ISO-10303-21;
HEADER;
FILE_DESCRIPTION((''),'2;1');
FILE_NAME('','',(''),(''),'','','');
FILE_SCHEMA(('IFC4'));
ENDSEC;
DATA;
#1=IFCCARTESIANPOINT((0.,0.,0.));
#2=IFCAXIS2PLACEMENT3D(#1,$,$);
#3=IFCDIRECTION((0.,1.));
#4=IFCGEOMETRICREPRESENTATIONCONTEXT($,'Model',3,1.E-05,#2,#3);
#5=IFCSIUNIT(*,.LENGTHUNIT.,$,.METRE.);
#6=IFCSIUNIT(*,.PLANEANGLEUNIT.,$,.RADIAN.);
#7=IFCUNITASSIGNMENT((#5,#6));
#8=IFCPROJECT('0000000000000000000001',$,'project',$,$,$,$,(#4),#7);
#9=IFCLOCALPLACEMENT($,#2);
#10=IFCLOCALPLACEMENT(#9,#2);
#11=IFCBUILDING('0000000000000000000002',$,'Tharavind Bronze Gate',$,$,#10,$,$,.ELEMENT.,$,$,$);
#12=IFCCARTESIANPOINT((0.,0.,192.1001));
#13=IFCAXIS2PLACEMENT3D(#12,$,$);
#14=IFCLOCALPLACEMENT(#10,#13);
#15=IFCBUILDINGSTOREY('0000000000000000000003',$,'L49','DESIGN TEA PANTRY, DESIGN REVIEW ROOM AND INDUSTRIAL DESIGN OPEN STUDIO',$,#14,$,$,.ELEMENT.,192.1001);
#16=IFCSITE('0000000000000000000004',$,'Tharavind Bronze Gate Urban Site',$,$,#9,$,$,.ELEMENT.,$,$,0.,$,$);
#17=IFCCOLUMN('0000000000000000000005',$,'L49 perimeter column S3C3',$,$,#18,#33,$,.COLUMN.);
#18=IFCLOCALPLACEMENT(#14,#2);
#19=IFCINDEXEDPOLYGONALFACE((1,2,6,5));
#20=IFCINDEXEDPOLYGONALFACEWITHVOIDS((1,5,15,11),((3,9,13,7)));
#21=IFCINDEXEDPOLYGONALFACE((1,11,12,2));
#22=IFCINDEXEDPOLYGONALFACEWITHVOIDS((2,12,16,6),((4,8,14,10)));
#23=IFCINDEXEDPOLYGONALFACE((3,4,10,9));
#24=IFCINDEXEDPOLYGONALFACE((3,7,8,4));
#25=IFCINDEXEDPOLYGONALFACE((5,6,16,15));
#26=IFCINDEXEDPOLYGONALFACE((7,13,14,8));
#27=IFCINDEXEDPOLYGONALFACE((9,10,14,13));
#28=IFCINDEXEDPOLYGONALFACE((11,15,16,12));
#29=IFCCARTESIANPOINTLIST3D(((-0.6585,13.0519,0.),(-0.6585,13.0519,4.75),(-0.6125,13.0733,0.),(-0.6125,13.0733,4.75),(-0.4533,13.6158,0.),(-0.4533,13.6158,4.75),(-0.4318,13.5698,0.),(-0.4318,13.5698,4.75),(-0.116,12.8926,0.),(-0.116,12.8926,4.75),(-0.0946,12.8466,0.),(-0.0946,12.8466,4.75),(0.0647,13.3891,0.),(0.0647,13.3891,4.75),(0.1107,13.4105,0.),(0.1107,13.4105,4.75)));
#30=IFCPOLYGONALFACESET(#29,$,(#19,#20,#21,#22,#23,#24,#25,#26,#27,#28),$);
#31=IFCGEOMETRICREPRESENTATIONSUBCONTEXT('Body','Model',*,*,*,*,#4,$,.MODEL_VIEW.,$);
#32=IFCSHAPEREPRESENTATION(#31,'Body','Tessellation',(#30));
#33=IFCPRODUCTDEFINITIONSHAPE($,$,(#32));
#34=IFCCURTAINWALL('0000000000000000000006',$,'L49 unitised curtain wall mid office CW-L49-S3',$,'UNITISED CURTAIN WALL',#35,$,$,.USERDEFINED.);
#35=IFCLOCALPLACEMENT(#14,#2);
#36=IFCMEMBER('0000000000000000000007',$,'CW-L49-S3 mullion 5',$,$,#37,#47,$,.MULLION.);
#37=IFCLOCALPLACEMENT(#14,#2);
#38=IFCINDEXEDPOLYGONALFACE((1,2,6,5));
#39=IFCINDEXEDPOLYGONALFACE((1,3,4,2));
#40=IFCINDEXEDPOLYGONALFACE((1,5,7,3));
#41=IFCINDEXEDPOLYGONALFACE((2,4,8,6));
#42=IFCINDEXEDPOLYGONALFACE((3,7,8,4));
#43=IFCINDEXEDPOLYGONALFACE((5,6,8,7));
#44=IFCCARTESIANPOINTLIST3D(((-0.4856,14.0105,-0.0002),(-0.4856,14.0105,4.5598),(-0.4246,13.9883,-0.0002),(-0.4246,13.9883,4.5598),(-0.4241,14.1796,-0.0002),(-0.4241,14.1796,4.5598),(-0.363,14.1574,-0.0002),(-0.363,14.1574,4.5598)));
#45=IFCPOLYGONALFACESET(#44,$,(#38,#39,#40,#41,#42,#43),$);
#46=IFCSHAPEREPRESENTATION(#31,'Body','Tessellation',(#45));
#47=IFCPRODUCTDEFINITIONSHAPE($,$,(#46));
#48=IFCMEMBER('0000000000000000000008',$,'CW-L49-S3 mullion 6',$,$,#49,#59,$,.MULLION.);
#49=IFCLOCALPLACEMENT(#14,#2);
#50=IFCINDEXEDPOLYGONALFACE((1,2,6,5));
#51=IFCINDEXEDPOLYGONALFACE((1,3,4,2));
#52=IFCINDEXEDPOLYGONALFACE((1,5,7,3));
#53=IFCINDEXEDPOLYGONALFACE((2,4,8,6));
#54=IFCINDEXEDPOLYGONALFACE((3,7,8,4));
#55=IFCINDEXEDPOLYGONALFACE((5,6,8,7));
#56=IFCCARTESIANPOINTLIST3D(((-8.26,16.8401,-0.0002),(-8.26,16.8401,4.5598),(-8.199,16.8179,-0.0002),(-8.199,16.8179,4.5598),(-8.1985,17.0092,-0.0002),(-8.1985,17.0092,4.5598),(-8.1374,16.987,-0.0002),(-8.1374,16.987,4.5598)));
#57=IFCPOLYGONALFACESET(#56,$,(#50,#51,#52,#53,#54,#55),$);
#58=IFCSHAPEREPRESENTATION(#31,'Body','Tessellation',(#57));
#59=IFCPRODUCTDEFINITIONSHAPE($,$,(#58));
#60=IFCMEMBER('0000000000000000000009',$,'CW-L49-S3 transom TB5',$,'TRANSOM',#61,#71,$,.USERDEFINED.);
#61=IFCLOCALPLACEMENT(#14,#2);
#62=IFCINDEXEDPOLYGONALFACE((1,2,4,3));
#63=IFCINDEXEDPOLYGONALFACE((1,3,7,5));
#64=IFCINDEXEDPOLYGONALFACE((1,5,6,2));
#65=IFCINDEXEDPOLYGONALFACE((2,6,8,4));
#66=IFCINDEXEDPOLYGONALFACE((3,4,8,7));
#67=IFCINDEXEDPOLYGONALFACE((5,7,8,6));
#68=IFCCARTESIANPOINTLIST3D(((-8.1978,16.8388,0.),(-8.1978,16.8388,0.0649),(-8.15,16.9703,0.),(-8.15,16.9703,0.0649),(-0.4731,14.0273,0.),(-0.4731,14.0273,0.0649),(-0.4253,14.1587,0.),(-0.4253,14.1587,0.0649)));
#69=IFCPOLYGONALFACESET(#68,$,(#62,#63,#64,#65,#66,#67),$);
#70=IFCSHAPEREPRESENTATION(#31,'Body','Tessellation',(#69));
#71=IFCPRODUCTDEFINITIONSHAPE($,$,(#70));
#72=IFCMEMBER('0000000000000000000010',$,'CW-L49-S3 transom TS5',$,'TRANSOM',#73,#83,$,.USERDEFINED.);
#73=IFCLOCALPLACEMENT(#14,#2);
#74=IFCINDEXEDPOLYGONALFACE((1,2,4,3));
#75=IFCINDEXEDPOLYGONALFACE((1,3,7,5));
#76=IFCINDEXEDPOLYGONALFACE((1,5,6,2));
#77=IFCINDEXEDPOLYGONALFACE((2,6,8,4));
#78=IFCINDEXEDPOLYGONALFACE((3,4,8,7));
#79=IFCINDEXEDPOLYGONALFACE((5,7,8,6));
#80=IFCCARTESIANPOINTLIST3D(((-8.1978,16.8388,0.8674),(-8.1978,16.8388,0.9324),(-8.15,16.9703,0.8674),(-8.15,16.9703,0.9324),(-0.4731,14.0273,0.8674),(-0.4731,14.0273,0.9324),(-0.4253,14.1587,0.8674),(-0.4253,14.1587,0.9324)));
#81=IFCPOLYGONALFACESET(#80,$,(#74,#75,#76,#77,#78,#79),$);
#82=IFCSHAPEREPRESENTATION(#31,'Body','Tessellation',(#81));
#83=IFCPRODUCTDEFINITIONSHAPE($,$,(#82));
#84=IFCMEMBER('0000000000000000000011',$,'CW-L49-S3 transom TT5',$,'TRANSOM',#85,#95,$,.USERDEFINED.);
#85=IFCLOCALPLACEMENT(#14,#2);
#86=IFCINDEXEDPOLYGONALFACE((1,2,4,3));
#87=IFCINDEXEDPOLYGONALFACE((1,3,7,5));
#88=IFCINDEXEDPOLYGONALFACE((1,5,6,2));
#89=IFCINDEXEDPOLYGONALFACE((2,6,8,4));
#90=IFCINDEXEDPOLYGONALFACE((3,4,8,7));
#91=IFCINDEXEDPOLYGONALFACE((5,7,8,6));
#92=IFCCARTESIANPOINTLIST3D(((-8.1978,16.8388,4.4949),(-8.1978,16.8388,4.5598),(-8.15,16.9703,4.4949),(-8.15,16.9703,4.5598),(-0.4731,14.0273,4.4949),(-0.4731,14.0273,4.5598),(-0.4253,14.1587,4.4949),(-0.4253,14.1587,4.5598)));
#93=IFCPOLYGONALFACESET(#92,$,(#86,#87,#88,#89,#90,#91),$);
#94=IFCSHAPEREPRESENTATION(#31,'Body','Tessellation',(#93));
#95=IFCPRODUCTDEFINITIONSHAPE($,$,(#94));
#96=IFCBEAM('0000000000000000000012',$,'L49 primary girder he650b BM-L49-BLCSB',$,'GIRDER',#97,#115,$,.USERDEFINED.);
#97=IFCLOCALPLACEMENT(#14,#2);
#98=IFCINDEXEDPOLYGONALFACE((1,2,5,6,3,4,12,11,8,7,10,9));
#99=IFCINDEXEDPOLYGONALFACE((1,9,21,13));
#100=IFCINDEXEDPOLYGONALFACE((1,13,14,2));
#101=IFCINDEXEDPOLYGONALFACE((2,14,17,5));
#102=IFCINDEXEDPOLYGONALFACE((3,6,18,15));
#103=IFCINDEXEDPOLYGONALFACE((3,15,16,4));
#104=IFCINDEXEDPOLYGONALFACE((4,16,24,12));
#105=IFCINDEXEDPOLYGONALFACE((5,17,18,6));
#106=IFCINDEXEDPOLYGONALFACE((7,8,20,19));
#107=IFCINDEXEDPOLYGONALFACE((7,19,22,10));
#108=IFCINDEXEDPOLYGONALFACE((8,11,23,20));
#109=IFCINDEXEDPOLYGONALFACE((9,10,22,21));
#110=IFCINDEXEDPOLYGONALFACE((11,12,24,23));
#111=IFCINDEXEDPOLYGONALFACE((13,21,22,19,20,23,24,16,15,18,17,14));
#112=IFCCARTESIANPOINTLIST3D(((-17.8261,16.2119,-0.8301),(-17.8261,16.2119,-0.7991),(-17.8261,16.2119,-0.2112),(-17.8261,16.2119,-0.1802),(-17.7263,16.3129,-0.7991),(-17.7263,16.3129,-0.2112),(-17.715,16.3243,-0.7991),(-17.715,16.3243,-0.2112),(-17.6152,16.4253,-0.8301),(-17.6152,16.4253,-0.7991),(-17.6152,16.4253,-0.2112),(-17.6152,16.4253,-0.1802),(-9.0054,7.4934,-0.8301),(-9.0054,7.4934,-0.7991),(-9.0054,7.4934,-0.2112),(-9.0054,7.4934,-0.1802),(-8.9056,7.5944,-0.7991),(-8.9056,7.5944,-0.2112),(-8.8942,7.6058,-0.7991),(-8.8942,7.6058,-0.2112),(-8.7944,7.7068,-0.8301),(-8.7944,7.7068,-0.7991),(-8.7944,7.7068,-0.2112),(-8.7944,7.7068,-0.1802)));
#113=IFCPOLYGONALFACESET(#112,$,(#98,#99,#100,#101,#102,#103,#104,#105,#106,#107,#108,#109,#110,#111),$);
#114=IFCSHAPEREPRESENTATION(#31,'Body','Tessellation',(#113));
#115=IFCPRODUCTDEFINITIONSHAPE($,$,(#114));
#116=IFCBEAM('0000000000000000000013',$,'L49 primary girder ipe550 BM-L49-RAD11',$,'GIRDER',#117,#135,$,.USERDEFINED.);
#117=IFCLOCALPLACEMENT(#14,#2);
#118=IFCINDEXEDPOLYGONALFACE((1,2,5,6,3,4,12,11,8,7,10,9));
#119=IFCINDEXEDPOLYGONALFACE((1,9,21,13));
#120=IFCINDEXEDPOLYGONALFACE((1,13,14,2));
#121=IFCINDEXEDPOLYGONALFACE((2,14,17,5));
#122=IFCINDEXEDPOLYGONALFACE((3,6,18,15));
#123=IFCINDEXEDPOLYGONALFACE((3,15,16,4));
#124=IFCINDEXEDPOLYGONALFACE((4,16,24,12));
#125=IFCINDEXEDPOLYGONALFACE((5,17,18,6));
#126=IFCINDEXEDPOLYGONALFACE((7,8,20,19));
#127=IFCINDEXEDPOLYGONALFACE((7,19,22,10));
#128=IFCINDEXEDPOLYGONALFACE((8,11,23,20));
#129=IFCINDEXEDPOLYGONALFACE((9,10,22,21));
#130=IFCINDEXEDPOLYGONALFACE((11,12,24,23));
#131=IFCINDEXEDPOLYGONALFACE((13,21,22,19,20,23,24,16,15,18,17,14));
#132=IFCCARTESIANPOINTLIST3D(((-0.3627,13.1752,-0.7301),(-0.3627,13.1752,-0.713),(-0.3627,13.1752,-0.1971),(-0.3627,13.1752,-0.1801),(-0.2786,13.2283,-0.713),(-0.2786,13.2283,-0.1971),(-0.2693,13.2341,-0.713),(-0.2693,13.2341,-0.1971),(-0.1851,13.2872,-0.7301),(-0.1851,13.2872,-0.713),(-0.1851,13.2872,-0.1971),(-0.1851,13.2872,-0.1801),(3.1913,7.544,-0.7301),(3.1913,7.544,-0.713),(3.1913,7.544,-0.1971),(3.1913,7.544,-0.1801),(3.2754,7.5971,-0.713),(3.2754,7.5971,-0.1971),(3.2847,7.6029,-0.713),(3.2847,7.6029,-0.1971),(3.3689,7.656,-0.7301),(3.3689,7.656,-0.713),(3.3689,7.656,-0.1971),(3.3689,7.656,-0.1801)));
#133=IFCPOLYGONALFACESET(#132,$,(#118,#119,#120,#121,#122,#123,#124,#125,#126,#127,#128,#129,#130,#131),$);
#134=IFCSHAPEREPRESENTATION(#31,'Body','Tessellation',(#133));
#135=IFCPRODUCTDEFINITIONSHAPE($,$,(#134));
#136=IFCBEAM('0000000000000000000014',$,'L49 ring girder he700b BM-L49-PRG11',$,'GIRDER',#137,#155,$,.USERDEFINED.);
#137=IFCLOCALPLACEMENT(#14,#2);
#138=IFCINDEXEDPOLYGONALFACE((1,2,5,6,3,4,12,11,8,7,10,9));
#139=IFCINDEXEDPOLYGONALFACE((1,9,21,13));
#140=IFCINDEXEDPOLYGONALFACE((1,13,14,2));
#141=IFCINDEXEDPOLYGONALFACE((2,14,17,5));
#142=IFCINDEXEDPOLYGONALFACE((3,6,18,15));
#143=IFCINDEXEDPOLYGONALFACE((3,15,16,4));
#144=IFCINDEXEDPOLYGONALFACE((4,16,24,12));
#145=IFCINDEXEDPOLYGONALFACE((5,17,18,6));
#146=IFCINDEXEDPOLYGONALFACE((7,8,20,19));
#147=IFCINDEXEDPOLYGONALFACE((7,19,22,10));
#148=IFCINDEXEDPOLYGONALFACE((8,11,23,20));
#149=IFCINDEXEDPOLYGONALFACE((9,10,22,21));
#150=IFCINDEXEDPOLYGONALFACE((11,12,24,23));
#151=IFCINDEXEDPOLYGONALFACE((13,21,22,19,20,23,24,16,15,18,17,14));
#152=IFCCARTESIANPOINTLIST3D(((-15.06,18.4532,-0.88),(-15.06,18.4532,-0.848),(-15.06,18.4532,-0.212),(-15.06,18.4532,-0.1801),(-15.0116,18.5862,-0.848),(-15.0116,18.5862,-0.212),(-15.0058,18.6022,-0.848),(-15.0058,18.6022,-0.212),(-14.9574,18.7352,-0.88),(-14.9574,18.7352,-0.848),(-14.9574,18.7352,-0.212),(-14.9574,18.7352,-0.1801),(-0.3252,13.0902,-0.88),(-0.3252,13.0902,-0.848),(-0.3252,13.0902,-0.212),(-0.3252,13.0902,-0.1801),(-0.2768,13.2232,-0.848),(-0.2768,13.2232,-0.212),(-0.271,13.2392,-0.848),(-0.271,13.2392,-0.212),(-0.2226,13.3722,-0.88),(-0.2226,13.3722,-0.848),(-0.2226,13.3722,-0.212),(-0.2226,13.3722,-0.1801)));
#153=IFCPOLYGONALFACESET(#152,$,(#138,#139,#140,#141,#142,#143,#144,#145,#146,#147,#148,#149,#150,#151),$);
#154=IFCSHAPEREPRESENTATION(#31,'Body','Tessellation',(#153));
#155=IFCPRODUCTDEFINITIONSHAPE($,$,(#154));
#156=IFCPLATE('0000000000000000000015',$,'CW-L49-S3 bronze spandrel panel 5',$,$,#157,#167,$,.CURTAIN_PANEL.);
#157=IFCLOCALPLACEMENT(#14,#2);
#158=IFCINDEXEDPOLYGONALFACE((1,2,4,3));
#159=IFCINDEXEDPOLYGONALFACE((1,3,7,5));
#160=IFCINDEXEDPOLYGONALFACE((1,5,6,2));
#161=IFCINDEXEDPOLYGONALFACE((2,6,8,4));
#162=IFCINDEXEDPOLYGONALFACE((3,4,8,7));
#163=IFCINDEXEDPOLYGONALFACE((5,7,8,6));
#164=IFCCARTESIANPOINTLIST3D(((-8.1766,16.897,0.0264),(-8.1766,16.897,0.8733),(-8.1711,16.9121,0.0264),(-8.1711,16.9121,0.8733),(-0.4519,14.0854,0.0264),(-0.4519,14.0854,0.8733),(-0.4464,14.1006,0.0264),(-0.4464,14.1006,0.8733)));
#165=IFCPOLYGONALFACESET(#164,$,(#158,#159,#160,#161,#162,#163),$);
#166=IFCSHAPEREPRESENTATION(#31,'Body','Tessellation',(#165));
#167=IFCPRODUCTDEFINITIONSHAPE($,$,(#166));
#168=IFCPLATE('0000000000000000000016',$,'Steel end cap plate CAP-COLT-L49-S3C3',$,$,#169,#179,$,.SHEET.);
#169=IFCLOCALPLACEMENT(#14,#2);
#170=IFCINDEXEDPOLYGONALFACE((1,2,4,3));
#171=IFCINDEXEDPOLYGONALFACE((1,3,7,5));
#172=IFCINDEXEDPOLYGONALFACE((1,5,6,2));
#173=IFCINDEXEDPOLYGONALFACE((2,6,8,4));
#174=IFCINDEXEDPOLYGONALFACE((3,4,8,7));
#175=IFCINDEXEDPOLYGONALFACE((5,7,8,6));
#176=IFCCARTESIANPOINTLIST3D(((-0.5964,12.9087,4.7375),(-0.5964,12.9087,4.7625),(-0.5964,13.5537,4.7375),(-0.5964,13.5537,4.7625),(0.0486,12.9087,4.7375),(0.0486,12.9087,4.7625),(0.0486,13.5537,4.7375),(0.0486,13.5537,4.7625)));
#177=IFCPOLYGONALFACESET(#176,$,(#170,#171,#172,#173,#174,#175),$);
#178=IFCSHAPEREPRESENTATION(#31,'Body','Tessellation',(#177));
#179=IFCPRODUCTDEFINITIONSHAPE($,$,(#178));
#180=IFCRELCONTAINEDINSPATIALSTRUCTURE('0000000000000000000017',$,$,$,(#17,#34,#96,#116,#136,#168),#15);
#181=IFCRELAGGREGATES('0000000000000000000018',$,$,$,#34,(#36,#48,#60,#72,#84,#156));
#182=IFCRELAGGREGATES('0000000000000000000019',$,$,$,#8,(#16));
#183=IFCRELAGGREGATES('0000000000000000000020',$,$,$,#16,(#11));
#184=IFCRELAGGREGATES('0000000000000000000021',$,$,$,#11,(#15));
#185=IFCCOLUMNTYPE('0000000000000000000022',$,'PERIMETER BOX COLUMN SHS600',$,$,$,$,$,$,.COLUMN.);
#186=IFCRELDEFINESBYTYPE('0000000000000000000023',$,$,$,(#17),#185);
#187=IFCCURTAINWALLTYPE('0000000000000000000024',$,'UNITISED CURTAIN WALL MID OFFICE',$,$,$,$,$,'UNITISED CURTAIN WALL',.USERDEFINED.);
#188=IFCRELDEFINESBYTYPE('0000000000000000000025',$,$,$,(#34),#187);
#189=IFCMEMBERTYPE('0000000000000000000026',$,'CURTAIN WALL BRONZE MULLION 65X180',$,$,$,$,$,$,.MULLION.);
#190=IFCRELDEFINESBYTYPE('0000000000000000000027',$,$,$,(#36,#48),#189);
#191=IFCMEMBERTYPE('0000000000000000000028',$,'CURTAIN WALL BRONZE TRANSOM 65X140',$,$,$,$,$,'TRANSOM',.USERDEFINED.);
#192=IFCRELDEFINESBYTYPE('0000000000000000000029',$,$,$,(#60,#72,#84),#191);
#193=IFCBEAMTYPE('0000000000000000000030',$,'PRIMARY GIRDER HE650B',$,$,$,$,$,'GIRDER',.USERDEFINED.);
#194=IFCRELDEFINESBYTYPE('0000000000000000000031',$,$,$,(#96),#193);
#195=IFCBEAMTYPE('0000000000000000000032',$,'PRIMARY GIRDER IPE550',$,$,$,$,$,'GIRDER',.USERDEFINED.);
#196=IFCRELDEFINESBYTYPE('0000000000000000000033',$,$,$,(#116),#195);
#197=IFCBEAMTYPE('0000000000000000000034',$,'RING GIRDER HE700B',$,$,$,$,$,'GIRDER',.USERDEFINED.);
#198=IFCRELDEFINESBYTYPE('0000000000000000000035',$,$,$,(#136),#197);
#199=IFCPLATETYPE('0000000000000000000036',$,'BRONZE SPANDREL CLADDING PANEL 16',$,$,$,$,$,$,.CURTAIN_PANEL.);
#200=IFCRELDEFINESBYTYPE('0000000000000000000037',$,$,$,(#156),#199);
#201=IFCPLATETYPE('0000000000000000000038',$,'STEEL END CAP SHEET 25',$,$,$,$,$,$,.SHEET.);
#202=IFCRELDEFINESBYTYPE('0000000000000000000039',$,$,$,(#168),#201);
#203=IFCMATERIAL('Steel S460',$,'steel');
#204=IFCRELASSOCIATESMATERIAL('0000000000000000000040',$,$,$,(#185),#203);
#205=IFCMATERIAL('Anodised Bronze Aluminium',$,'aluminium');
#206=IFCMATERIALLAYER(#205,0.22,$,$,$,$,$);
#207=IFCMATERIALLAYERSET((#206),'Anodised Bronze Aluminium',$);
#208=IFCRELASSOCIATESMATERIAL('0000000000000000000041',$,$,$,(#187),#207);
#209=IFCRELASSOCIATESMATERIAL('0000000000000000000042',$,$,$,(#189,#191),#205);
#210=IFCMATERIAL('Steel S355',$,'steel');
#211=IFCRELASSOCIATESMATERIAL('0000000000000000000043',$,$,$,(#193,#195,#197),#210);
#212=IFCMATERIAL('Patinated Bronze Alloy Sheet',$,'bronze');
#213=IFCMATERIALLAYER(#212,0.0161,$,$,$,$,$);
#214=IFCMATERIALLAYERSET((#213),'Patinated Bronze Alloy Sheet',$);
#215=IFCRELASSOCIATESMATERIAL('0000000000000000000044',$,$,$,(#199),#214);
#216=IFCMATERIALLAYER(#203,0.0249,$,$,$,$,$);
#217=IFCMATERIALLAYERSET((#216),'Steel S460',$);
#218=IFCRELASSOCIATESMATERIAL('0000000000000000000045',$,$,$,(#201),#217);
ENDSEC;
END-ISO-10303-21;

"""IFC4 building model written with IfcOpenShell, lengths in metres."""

from ifc_helpers import new_model, si_unit, direction, frame, origin, origin_2d, place, context, subcontext, project, spatial, rectangle, hollow_rectangle, i_section, extrude, material, layer, layer_set, material_profile, profile_set, type_object, element, aggregate, save


model = new_model("IFC4")

# Units and contexts
model_context = context("Model", 3, precision=1e-05, world=origin(), true_north=direction((0.0, 1.0)))
body_context = subcontext(model_context, "Body", "Model", "MODEL_VIEW")
ifc_project = project(units=[si_unit("LENGTHUNIT", "METRE"), si_unit("PLANEANGLEUNIT", "RADIAN")], contexts=[model_context])

# Site, building, storey
site_placement = place(None, origin())
site = spatial("IfcSite", under=ifc_project, at=site_placement, Name="Tharavind Bronze Gate Urban Site", CompositionType="ELEMENT", RefElevation=0.0)
building_placement = place(site_placement, origin())
building = spatial("IfcBuilding", under=site, at=building_placement, Name="Tharavind Bronze Gate", CompositionType="ELEMENT")
storey_placement = place(building_placement, frame((0.0, 0.0, 192.1001)))
storey = spatial("IfcBuildingStorey", under=building, at=storey_placement, Name="L49", Description="DESIGN TEA PANTRY, DESIGN REVIEW ROOM AND INDUSTRIAL DESIGN OPEN STUDIO", CompositionType="ELEMENT", Elevation=192.1001)

# Column
ifc_material_1 = material(Name="Steel S460", Category="steel")
ifc_material_profile_1 = material_profile(ifc_material_1, hollow_rectangle(XDim=0.6001, YDim=0.6001, WallThickness=0.0359, at=origin_2d()), Name="SHS600X36")
ifc_profile_set_1 = profile_set([ifc_material_profile_1], Name="Steel S460")
column_type = type_object("IfcColumnType", Name="PERIMETER BOX COLUMN SHS600", PredefinedType="COLUMN", material=ifc_profile_set_1)
column_placement = place(storey_placement, frame((-0.2739, 13.2312, 0.0), z_axis=(0.0, 0.0, 1.0), x_axis=(-0.939692, 0.342022, 0.0)))
element("IfcColumn", 1, at=column_placement, inside=storey, type_object=column_type, Name="L49 perimeter column S3C3", PredefinedType="COLUMN", context=body_context, shape_type="SweptSolid", body=[
    extrude(hollow_rectangle(XDim=0.6001, YDim=0.6001, WallThickness=0.0359, at=origin_2d()), origin(), (0.0, 0.0, 1.0), 4.75),
])

# Curtain wall, members
ifc_material_2 = material(Name="Anodised Bronze Aluminium", Category="aluminium")
ifc_layer_1 = layer(ifc_material_2, 0.22)
ifc_layer_set_1 = layer_set([ifc_layer_1], Name="Anodised Bronze Aluminium")
curtain_wall_type = type_object("IfcCurtainWallType", Name="UNITISED CURTAIN WALL MID OFFICE", ElementType="UNITISED CURTAIN WALL", PredefinedType="USERDEFINED", material=ifc_layer_set_1)
curtain_wall_placement = place(storey_placement, origin())
curtain_wall = element("IfcCurtainWall", 2, at=curtain_wall_placement, inside=storey, type_object=curtain_wall_type, Name="L49 unitised curtain wall mid office CW-L49-S3", ObjectType="UNITISED CURTAIN WALL", PredefinedType="USERDEFINED")
member_type_1 = type_object("IfcMemberType", Name="CURTAIN WALL BRONZE MULLION 65X180", PredefinedType="MULLION", material=ifc_material_2)
member_1_placement = place(storey_placement, frame((-0.4243, 14.084, -0.0002), z_axis=(0.0, 0.0, 1.0), x_axis=(-0.939692, 0.342022, 0.0)))
member_1 = element("IfcMember", 3, at=member_1_placement, type_object=member_type_1, Name="CW-L49-S3 mullion 5", PredefinedType="MULLION", context=body_context, shape_type="SweptSolid", body=[
    extrude(rectangle(XDim=0.0649, YDim=0.1799, at=origin_2d()), origin(), (0.0, 0.0, 1.0), 4.5601),
])
member_2_placement = place(storey_placement, frame((-8.1987, 16.9136, -0.0002), z_axis=(0.0, 0.0, 1.0), x_axis=(-0.939692, 0.342022, 0.0)))
member_2 = element("IfcMember", 4, at=member_2_placement, type_object=member_type_1, Name="CW-L49-S3 mullion 6", PredefinedType="MULLION", context=body_context, shape_type="SweptSolid", body=[
    extrude(rectangle(XDim=0.0649, YDim=0.1799, at=origin_2d()), origin(), (0.0, 0.0, 1.0), 4.5601),
])
member_type_2 = type_object("IfcMemberType", Name="CURTAIN WALL BRONZE TRANSOM 65X140", ElementType="TRANSOM", PredefinedType="USERDEFINED", material=ifc_material_2)
member_3_placement = place(storey_placement, frame((-4.3115, 15.4988, 0.0), z_axis=(0.0, 0.0, 1.0), x_axis=(-0.939692, 0.342022, 0.0)))
member_3 = element("IfcMember", 5, at=member_3_placement, type_object=member_type_2, Name="CW-L49-S3 transom TB5", ObjectType="TRANSOM", PredefinedType="USERDEFINED", context=body_context, shape_type="SweptSolid", body=[
    extrude(rectangle(XDim=8.2205, YDim=0.1399, at=origin_2d()), origin(), (0.0, 0.0, 1.0), 0.0649),
])
member_4_placement = place(storey_placement, frame((-4.3115, 15.4988, 0.8674), z_axis=(0.0, 0.0, 1.0), x_axis=(-0.939692, 0.342022, 0.0)))
member_4 = element("IfcMember", 6, at=member_4_placement, type_object=member_type_2, Name="CW-L49-S3 transom TS5", ObjectType="TRANSOM", PredefinedType="USERDEFINED", context=body_context, shape_type="SweptSolid", body=[
    extrude(rectangle(XDim=8.2205, YDim=0.1399, at=origin_2d()), origin(), (0.0, 0.0, 1.0), 0.0649),
])
member_5_placement = place(storey_placement, frame((-4.3115, 15.4988, 4.4949), z_axis=(0.0, 0.0, 1.0), x_axis=(-0.939692, 0.342022, 0.0)))
member_5 = element("IfcMember", 7, at=member_5_placement, type_object=member_type_2, Name="CW-L49-S3 transom TT5", ObjectType="TRANSOM", PredefinedType="USERDEFINED", context=body_context, shape_type="SweptSolid", body=[
    extrude(rectangle(XDim=8.2205, YDim=0.1399, at=origin_2d()), origin(), (0.0, 0.0, 1.0), 0.0649),
])

# Beams
ifc_material_3 = material(Name="Steel S355", Category="steel")
ifc_material_profile_2 = material_profile(ifc_material_3, i_section(OverallWidth=0.3, OverallDepth=0.6499, WebThickness=0.0161, FlangeThickness=0.031, at=origin_2d()), Name="HE650B")
ifc_profile_set_2 = profile_set([ifc_material_profile_2], Name="Steel S355")
beam_type_1 = type_object("IfcBeamType", Name="PRIMARY GIRDER HE650B", ElementType="GIRDER", PredefinedType="USERDEFINED", material=ifc_profile_set_2)
beam_1_placement = place(storey_placement, frame((-8.8999, 7.6001, -0.5051), z_axis=(-0.711219, 0.702971, 0.0), x_axis=(-0.702971, -0.711219, 0.0)))
element("IfcBeam", 8, at=beam_1_placement, inside=storey, type_object=beam_type_1, Name="L49 primary girder he650b BM-L49-BLCSB", ObjectType="GIRDER", PredefinedType="USERDEFINED", context=body_context, shape_type="SweptSolid", body=[
    extrude(i_section(OverallWidth=0.3, OverallDepth=0.6499, WebThickness=0.0161, FlangeThickness=0.031, at=origin_2d()), origin(), (0.0, 0.0, 1.0), 12.4023),
])
ifc_material_profile_3 = material_profile(ifc_material_3, i_section(OverallWidth=0.21, OverallDepth=0.55, WebThickness=0.011, FlangeThickness=0.0171, at=origin_2d()), Name="IPE550")
ifc_profile_set_3 = profile_set([ifc_material_profile_3], Name="Steel S355")
beam_type_2 = type_object("IfcBeamType", Name="PRIMARY GIRDER IPE550", ElementType="GIRDER", PredefinedType="USERDEFINED", material=ifc_profile_set_3)
beam_2_placement = place(storey_placement, frame((-0.2739, 13.2312, -0.4551), z_axis=(0.533721, -0.84566, 0.0), x_axis=(0.84566, 0.533721, 0.0)))
element("IfcBeam", 9, at=beam_2_placement, inside=storey, type_object=beam_type_2, Name="L49 primary girder ipe550 BM-L49-RAD11", ObjectType="GIRDER", PredefinedType="USERDEFINED", context=body_context, shape_type="SweptSolid", body=[
    extrude(i_section(OverallWidth=0.21, OverallDepth=0.55, WebThickness=0.011, FlangeThickness=0.0171, at=origin_2d()), origin(), (0.0, 0.0, 1.0), 6.6589),
])
ifc_material_profile_4 = material_profile(ifc_material_3, i_section(OverallWidth=0.3, OverallDepth=0.7, WebThickness=0.0171, FlangeThickness=0.032, at=origin_2d()), Name="HE700B")
ifc_profile_set_4 = profile_set([ifc_material_profile_4], Name="Steel S355")
beam_type_3 = type_object("IfcBeamType", Name="RING GIRDER HE700B", ElementType="GIRDER", PredefinedType="USERDEFINED", material=ifc_profile_set_4)
beam_3_placement = place(storey_placement, frame((-0.2739, 13.2312, -0.53), z_axis=(-0.939693, 0.342019, 0.0), x_axis=(-0.342019, -0.939693, 0.0)))
element("IfcBeam", 10, at=beam_3_placement, inside=storey, type_object=beam_type_3, Name="L49 ring girder he700b BM-L49-PRG11", ObjectType="GIRDER", PredefinedType="USERDEFINED", context=body_context, shape_type="SweptSolid", body=[
    extrude(i_section(OverallWidth=0.3, OverallDepth=0.7, WebThickness=0.0171, FlangeThickness=0.032, at=origin_2d()), origin(), (0.0, 0.0, 1.0), 15.6804),
])

# Plates
ifc_material_4 = material(Name="Patinated Bronze Alloy Sheet", Category="bronze")
ifc_layer_2 = layer(ifc_material_4, 0.0161)
ifc_layer_set_2 = layer_set([ifc_layer_2], Name="Patinated Bronze Alloy Sheet")
plate_type_1 = type_object("IfcPlateType", Name="BRONZE SPANDREL CLADDING PANEL 16", PredefinedType="CURTAIN_PANEL", material=ifc_layer_set_2)
plate_1_placement = place(storey_placement, frame((-4.3115, 15.4988, 0.0264), z_axis=(0.0, 0.0, 1.0), x_axis=(-0.939692, 0.342022, 0.0)))
plate_1 = element("IfcPlate", 11, at=plate_1_placement, type_object=plate_type_1, Name="CW-L49-S3 bronze spandrel panel 5", PredefinedType="CURTAIN_PANEL", context=body_context, shape_type="SweptSolid", body=[
    extrude(rectangle(XDim=8.2205, YDim=0.0161, at=origin_2d()), origin(), (0.0, 0.0, 1.0), 0.8469),
])
ifc_layer_3 = layer(ifc_material_1, 0.0249)
ifc_layer_set_3 = layer_set([ifc_layer_3], Name="Steel S460")
plate_type_2 = type_object("IfcPlateType", Name="STEEL END CAP SHEET 25", PredefinedType="SHEET", material=ifc_layer_set_3)
plate_2_placement = place(storey_placement, frame((-0.2739, 13.2312, 4.7375), z_axis=(0.0, 0.0, 1.0), x_axis=(1.0, 0.0, 0.0)))
element("IfcPlate", 12, at=plate_2_placement, inside=storey, type_object=plate_type_2, Name="Steel end cap plate CAP-COLT-L49-S3C3", PredefinedType="SHEET", context=body_context, shape_type="SweptSolid", body=[
    extrude(rectangle(XDim=0.645, YDim=0.645, at=origin_2d()), origin(), (0.0, 0.0, 1.0), 0.0249),
])
aggregate(curtain_wall, [member_1, member_2, member_3, member_4, member_5, plate_1])

save(model, "model.ifc")
